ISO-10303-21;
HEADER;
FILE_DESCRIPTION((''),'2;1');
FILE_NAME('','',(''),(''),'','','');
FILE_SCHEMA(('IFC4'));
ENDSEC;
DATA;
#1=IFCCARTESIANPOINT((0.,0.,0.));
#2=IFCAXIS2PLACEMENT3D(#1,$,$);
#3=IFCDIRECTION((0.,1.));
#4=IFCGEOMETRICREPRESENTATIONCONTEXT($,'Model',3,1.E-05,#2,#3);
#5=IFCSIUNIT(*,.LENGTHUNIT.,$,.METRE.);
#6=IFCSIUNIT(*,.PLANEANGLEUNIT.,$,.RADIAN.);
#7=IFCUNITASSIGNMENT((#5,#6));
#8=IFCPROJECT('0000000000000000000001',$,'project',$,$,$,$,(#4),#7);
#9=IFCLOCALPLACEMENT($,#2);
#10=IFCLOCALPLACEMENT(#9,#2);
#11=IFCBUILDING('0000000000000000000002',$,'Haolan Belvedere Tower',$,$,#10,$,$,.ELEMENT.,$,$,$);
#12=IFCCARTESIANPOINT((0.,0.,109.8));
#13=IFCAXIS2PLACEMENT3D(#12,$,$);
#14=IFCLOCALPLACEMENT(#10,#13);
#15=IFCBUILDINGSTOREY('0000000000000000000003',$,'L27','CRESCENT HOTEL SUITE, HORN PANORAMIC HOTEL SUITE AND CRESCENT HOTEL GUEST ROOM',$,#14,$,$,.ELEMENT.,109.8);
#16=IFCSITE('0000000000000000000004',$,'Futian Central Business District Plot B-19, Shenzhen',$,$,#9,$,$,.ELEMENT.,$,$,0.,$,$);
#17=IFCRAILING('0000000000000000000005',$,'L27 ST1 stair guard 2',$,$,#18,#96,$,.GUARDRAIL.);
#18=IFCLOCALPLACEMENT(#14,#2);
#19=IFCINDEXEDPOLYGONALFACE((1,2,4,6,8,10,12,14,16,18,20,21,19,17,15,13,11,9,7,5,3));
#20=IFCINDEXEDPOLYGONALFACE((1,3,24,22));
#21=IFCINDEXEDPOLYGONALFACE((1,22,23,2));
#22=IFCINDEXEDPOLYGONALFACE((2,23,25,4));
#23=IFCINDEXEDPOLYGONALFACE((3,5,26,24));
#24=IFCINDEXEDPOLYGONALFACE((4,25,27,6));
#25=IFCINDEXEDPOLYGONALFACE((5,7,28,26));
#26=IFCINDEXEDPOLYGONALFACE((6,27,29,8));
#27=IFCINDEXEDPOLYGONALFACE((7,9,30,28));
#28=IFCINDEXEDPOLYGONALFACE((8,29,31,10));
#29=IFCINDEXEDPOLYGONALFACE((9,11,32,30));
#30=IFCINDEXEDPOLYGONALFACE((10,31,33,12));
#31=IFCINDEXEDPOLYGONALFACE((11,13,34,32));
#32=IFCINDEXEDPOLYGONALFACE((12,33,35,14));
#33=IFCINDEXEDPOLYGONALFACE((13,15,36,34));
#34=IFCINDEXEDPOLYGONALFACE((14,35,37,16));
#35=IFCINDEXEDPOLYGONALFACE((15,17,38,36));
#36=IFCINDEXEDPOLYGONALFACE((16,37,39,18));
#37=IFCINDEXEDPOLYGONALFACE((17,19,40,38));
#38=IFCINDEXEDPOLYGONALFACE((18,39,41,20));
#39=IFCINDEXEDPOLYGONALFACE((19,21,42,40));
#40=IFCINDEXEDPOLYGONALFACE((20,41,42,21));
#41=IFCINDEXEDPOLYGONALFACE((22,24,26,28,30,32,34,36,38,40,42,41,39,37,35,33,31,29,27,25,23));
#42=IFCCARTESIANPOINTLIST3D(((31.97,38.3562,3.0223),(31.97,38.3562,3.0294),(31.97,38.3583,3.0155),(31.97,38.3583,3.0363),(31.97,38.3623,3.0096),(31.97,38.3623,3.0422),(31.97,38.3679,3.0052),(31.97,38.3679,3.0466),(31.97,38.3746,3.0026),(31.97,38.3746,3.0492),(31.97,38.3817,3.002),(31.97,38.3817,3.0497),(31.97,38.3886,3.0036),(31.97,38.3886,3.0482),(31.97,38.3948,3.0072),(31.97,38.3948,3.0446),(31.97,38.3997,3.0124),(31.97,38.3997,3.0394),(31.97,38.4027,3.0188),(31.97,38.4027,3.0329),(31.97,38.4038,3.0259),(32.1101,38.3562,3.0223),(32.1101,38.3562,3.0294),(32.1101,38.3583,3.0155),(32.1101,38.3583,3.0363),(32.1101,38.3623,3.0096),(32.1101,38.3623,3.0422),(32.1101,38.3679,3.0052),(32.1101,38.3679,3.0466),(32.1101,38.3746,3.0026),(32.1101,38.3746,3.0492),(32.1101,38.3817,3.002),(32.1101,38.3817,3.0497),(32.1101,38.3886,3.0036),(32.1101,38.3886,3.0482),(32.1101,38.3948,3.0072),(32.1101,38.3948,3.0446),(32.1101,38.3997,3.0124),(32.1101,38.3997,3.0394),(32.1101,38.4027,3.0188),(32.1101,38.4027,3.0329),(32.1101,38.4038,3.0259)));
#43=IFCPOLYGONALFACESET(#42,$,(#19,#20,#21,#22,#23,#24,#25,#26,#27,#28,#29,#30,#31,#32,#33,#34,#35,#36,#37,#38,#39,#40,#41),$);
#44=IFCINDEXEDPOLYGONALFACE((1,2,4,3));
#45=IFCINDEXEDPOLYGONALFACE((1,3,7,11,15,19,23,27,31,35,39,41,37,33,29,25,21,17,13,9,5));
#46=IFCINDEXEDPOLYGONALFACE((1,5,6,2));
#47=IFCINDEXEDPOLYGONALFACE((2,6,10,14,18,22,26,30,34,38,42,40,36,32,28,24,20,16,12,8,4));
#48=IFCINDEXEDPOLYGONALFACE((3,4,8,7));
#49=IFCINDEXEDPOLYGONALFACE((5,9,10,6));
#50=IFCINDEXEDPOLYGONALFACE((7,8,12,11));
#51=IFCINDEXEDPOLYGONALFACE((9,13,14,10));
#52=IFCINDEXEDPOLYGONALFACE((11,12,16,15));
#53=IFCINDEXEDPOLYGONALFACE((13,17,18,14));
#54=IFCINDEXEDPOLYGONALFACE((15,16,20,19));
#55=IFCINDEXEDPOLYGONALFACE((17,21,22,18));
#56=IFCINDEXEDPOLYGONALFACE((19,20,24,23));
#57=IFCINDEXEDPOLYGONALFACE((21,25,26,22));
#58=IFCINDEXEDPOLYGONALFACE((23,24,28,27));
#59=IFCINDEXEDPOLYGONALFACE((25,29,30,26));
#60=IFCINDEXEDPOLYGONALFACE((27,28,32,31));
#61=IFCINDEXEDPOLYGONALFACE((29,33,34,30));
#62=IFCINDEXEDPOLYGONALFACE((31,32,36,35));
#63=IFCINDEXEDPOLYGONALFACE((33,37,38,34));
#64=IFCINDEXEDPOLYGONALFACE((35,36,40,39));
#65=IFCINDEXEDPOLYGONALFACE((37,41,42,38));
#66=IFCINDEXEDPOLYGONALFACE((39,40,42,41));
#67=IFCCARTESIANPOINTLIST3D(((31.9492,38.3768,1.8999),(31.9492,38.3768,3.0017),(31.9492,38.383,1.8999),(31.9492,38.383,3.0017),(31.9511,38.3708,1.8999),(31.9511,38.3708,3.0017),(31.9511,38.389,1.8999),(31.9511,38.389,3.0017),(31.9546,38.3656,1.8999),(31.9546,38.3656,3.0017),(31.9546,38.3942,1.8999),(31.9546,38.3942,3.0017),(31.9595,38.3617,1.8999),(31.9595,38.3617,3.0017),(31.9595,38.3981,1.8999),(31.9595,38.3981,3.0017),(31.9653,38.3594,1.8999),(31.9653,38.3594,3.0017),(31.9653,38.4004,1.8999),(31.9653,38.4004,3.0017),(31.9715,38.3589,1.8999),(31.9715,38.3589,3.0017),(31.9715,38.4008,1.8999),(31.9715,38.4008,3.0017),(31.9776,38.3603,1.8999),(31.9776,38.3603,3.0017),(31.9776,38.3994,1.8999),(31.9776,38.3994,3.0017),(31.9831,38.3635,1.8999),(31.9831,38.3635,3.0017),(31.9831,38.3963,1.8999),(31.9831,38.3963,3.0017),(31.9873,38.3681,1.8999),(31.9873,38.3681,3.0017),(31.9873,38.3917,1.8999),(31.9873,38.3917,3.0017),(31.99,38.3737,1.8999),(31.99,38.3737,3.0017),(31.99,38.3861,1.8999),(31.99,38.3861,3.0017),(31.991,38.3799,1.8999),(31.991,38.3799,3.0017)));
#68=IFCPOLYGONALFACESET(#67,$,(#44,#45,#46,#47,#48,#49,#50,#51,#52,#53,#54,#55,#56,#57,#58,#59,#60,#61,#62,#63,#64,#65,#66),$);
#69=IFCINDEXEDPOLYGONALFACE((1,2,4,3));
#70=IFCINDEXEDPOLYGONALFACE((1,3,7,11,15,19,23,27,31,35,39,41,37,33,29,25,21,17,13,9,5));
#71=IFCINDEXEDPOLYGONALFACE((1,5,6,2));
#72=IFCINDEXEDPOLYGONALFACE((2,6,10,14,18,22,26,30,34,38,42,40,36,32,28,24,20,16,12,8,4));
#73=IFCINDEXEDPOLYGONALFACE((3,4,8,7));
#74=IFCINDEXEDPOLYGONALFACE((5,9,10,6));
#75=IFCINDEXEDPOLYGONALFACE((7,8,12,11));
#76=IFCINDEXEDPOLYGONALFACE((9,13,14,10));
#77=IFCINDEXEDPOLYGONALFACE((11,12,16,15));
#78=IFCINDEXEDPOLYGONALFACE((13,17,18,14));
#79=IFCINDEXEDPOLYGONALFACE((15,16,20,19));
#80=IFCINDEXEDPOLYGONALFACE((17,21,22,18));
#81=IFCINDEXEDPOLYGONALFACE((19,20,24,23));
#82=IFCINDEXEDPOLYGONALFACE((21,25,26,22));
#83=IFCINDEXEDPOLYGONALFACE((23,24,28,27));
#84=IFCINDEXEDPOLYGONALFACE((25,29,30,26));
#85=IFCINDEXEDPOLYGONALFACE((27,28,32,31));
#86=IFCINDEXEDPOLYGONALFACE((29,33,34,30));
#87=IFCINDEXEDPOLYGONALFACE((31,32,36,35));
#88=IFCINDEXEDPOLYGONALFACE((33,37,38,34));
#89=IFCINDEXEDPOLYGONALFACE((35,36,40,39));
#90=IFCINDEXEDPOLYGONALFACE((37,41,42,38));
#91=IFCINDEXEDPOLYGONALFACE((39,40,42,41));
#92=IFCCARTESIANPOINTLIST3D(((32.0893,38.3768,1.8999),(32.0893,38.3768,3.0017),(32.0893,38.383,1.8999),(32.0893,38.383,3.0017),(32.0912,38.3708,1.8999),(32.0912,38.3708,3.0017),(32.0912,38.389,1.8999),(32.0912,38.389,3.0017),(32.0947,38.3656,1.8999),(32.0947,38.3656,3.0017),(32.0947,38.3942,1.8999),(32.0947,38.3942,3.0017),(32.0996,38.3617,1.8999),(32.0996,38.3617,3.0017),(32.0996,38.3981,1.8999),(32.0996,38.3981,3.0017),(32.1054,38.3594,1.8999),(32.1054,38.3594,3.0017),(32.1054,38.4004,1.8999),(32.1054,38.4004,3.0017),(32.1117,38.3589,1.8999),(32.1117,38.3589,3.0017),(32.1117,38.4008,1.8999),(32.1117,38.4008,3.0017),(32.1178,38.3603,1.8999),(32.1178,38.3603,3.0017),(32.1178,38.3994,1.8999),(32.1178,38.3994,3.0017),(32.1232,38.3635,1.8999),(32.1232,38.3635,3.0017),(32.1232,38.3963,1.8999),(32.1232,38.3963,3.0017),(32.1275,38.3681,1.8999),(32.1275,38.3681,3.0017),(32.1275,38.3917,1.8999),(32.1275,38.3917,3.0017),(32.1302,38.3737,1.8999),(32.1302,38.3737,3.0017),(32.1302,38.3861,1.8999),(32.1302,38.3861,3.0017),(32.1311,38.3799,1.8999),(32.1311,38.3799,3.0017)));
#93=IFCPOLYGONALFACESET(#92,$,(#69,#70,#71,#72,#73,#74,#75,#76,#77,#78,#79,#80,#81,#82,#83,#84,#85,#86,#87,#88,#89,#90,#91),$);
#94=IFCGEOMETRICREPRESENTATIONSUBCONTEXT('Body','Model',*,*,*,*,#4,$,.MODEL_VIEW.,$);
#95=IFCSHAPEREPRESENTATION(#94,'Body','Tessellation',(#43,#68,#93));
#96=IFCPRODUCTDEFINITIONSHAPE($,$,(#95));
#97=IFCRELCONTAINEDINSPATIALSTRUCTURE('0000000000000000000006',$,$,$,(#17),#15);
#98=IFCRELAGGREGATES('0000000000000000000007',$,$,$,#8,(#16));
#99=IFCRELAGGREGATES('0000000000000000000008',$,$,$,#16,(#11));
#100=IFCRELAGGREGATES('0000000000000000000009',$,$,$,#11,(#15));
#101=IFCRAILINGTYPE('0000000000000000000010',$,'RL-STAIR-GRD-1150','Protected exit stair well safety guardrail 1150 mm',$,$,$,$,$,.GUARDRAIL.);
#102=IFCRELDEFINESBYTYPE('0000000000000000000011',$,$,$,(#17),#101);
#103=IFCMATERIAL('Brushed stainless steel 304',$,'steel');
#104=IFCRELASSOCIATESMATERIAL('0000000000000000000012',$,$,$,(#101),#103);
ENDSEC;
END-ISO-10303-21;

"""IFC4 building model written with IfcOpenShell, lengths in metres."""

from ifc_helpers import new_model, si_unit, direction, frame, origin, origin_2d, place, context, subcontext, project, spatial, circle, extrude, material, type_object, element, save


model = new_model("IFC4")

# Units and contexts
model_context = context("Model", 3, precision=1e-05, world=origin(), true_north=direction((0.0, 1.0)))
body_context = subcontext(model_context, "Body", "Model", "MODEL_VIEW")
ifc_project = project(units=[si_unit("LENGTHUNIT", "METRE"), si_unit("PLANEANGLEUNIT", "RADIAN")], contexts=[model_context])

# Site, building, storey
site_placement = place(None, origin())
site = spatial("IfcSite", under=ifc_project, at=site_placement, Name="Futian Central Business District Plot B-19, Shenzhen", CompositionType="ELEMENT", RefElevation=0.0)
building_placement = place(site_placement, origin())
building = spatial("IfcBuilding", under=site, at=building_placement, Name="Haolan Belvedere Tower", CompositionType="ELEMENT")
storey_placement = place(building_placement, frame((0.0, 0.0, 109.8)))
storey = spatial("IfcBuildingStorey", under=building, at=storey_placement, Name="L27", Description="CRESCENT HOTEL SUITE, HORN PANORAMIC HOTEL SUITE AND CRESCENT HOTEL GUEST ROOM", CompositionType="ELEMENT", Elevation=109.8)

# Railing
ifc_material_1 = material(Name="Brushed stainless steel 304", Category="steel")
railing_type_1 = type_object("IfcRailingType", Name="RL-STAIR-GRD-1150", Description="Protected exit stair well safety guardrail 1150 mm", PredefinedType="GUARDRAIL", material=ifc_material_1)
railing_1_placement = place(storey_placement, frame((31.97, 38.3799, 1.8999)))
element("IfcRailing", 1, at=railing_1_placement, inside=storey, type_object=railing_type_1, Name="L27 ST1 stair guard 2", PredefinedType="GUARDRAIL", context=body_context, shape_type="SweptSolid", body=[
    extrude(circle(Radius=0.0239, at=origin_2d()), frame((0.0, 0.0, 1.126), z_axis=(1.0, 0.0, 0.0), x_axis=(0.0, 1.0, 0.0)), (0.0, 0.0, 1.0), 0.1401),
    extrude(circle(Radius=0.021, at=origin_2d()), origin(), (0.0, 0.0, 1.0), 1.1018),
    extrude(circle(Radius=0.021, at=origin_2d()), frame((0.1401, 0.0, 0.0)), (0.0, 0.0, 1.0), 1.1018),
])

save(model, "model.ifc")
